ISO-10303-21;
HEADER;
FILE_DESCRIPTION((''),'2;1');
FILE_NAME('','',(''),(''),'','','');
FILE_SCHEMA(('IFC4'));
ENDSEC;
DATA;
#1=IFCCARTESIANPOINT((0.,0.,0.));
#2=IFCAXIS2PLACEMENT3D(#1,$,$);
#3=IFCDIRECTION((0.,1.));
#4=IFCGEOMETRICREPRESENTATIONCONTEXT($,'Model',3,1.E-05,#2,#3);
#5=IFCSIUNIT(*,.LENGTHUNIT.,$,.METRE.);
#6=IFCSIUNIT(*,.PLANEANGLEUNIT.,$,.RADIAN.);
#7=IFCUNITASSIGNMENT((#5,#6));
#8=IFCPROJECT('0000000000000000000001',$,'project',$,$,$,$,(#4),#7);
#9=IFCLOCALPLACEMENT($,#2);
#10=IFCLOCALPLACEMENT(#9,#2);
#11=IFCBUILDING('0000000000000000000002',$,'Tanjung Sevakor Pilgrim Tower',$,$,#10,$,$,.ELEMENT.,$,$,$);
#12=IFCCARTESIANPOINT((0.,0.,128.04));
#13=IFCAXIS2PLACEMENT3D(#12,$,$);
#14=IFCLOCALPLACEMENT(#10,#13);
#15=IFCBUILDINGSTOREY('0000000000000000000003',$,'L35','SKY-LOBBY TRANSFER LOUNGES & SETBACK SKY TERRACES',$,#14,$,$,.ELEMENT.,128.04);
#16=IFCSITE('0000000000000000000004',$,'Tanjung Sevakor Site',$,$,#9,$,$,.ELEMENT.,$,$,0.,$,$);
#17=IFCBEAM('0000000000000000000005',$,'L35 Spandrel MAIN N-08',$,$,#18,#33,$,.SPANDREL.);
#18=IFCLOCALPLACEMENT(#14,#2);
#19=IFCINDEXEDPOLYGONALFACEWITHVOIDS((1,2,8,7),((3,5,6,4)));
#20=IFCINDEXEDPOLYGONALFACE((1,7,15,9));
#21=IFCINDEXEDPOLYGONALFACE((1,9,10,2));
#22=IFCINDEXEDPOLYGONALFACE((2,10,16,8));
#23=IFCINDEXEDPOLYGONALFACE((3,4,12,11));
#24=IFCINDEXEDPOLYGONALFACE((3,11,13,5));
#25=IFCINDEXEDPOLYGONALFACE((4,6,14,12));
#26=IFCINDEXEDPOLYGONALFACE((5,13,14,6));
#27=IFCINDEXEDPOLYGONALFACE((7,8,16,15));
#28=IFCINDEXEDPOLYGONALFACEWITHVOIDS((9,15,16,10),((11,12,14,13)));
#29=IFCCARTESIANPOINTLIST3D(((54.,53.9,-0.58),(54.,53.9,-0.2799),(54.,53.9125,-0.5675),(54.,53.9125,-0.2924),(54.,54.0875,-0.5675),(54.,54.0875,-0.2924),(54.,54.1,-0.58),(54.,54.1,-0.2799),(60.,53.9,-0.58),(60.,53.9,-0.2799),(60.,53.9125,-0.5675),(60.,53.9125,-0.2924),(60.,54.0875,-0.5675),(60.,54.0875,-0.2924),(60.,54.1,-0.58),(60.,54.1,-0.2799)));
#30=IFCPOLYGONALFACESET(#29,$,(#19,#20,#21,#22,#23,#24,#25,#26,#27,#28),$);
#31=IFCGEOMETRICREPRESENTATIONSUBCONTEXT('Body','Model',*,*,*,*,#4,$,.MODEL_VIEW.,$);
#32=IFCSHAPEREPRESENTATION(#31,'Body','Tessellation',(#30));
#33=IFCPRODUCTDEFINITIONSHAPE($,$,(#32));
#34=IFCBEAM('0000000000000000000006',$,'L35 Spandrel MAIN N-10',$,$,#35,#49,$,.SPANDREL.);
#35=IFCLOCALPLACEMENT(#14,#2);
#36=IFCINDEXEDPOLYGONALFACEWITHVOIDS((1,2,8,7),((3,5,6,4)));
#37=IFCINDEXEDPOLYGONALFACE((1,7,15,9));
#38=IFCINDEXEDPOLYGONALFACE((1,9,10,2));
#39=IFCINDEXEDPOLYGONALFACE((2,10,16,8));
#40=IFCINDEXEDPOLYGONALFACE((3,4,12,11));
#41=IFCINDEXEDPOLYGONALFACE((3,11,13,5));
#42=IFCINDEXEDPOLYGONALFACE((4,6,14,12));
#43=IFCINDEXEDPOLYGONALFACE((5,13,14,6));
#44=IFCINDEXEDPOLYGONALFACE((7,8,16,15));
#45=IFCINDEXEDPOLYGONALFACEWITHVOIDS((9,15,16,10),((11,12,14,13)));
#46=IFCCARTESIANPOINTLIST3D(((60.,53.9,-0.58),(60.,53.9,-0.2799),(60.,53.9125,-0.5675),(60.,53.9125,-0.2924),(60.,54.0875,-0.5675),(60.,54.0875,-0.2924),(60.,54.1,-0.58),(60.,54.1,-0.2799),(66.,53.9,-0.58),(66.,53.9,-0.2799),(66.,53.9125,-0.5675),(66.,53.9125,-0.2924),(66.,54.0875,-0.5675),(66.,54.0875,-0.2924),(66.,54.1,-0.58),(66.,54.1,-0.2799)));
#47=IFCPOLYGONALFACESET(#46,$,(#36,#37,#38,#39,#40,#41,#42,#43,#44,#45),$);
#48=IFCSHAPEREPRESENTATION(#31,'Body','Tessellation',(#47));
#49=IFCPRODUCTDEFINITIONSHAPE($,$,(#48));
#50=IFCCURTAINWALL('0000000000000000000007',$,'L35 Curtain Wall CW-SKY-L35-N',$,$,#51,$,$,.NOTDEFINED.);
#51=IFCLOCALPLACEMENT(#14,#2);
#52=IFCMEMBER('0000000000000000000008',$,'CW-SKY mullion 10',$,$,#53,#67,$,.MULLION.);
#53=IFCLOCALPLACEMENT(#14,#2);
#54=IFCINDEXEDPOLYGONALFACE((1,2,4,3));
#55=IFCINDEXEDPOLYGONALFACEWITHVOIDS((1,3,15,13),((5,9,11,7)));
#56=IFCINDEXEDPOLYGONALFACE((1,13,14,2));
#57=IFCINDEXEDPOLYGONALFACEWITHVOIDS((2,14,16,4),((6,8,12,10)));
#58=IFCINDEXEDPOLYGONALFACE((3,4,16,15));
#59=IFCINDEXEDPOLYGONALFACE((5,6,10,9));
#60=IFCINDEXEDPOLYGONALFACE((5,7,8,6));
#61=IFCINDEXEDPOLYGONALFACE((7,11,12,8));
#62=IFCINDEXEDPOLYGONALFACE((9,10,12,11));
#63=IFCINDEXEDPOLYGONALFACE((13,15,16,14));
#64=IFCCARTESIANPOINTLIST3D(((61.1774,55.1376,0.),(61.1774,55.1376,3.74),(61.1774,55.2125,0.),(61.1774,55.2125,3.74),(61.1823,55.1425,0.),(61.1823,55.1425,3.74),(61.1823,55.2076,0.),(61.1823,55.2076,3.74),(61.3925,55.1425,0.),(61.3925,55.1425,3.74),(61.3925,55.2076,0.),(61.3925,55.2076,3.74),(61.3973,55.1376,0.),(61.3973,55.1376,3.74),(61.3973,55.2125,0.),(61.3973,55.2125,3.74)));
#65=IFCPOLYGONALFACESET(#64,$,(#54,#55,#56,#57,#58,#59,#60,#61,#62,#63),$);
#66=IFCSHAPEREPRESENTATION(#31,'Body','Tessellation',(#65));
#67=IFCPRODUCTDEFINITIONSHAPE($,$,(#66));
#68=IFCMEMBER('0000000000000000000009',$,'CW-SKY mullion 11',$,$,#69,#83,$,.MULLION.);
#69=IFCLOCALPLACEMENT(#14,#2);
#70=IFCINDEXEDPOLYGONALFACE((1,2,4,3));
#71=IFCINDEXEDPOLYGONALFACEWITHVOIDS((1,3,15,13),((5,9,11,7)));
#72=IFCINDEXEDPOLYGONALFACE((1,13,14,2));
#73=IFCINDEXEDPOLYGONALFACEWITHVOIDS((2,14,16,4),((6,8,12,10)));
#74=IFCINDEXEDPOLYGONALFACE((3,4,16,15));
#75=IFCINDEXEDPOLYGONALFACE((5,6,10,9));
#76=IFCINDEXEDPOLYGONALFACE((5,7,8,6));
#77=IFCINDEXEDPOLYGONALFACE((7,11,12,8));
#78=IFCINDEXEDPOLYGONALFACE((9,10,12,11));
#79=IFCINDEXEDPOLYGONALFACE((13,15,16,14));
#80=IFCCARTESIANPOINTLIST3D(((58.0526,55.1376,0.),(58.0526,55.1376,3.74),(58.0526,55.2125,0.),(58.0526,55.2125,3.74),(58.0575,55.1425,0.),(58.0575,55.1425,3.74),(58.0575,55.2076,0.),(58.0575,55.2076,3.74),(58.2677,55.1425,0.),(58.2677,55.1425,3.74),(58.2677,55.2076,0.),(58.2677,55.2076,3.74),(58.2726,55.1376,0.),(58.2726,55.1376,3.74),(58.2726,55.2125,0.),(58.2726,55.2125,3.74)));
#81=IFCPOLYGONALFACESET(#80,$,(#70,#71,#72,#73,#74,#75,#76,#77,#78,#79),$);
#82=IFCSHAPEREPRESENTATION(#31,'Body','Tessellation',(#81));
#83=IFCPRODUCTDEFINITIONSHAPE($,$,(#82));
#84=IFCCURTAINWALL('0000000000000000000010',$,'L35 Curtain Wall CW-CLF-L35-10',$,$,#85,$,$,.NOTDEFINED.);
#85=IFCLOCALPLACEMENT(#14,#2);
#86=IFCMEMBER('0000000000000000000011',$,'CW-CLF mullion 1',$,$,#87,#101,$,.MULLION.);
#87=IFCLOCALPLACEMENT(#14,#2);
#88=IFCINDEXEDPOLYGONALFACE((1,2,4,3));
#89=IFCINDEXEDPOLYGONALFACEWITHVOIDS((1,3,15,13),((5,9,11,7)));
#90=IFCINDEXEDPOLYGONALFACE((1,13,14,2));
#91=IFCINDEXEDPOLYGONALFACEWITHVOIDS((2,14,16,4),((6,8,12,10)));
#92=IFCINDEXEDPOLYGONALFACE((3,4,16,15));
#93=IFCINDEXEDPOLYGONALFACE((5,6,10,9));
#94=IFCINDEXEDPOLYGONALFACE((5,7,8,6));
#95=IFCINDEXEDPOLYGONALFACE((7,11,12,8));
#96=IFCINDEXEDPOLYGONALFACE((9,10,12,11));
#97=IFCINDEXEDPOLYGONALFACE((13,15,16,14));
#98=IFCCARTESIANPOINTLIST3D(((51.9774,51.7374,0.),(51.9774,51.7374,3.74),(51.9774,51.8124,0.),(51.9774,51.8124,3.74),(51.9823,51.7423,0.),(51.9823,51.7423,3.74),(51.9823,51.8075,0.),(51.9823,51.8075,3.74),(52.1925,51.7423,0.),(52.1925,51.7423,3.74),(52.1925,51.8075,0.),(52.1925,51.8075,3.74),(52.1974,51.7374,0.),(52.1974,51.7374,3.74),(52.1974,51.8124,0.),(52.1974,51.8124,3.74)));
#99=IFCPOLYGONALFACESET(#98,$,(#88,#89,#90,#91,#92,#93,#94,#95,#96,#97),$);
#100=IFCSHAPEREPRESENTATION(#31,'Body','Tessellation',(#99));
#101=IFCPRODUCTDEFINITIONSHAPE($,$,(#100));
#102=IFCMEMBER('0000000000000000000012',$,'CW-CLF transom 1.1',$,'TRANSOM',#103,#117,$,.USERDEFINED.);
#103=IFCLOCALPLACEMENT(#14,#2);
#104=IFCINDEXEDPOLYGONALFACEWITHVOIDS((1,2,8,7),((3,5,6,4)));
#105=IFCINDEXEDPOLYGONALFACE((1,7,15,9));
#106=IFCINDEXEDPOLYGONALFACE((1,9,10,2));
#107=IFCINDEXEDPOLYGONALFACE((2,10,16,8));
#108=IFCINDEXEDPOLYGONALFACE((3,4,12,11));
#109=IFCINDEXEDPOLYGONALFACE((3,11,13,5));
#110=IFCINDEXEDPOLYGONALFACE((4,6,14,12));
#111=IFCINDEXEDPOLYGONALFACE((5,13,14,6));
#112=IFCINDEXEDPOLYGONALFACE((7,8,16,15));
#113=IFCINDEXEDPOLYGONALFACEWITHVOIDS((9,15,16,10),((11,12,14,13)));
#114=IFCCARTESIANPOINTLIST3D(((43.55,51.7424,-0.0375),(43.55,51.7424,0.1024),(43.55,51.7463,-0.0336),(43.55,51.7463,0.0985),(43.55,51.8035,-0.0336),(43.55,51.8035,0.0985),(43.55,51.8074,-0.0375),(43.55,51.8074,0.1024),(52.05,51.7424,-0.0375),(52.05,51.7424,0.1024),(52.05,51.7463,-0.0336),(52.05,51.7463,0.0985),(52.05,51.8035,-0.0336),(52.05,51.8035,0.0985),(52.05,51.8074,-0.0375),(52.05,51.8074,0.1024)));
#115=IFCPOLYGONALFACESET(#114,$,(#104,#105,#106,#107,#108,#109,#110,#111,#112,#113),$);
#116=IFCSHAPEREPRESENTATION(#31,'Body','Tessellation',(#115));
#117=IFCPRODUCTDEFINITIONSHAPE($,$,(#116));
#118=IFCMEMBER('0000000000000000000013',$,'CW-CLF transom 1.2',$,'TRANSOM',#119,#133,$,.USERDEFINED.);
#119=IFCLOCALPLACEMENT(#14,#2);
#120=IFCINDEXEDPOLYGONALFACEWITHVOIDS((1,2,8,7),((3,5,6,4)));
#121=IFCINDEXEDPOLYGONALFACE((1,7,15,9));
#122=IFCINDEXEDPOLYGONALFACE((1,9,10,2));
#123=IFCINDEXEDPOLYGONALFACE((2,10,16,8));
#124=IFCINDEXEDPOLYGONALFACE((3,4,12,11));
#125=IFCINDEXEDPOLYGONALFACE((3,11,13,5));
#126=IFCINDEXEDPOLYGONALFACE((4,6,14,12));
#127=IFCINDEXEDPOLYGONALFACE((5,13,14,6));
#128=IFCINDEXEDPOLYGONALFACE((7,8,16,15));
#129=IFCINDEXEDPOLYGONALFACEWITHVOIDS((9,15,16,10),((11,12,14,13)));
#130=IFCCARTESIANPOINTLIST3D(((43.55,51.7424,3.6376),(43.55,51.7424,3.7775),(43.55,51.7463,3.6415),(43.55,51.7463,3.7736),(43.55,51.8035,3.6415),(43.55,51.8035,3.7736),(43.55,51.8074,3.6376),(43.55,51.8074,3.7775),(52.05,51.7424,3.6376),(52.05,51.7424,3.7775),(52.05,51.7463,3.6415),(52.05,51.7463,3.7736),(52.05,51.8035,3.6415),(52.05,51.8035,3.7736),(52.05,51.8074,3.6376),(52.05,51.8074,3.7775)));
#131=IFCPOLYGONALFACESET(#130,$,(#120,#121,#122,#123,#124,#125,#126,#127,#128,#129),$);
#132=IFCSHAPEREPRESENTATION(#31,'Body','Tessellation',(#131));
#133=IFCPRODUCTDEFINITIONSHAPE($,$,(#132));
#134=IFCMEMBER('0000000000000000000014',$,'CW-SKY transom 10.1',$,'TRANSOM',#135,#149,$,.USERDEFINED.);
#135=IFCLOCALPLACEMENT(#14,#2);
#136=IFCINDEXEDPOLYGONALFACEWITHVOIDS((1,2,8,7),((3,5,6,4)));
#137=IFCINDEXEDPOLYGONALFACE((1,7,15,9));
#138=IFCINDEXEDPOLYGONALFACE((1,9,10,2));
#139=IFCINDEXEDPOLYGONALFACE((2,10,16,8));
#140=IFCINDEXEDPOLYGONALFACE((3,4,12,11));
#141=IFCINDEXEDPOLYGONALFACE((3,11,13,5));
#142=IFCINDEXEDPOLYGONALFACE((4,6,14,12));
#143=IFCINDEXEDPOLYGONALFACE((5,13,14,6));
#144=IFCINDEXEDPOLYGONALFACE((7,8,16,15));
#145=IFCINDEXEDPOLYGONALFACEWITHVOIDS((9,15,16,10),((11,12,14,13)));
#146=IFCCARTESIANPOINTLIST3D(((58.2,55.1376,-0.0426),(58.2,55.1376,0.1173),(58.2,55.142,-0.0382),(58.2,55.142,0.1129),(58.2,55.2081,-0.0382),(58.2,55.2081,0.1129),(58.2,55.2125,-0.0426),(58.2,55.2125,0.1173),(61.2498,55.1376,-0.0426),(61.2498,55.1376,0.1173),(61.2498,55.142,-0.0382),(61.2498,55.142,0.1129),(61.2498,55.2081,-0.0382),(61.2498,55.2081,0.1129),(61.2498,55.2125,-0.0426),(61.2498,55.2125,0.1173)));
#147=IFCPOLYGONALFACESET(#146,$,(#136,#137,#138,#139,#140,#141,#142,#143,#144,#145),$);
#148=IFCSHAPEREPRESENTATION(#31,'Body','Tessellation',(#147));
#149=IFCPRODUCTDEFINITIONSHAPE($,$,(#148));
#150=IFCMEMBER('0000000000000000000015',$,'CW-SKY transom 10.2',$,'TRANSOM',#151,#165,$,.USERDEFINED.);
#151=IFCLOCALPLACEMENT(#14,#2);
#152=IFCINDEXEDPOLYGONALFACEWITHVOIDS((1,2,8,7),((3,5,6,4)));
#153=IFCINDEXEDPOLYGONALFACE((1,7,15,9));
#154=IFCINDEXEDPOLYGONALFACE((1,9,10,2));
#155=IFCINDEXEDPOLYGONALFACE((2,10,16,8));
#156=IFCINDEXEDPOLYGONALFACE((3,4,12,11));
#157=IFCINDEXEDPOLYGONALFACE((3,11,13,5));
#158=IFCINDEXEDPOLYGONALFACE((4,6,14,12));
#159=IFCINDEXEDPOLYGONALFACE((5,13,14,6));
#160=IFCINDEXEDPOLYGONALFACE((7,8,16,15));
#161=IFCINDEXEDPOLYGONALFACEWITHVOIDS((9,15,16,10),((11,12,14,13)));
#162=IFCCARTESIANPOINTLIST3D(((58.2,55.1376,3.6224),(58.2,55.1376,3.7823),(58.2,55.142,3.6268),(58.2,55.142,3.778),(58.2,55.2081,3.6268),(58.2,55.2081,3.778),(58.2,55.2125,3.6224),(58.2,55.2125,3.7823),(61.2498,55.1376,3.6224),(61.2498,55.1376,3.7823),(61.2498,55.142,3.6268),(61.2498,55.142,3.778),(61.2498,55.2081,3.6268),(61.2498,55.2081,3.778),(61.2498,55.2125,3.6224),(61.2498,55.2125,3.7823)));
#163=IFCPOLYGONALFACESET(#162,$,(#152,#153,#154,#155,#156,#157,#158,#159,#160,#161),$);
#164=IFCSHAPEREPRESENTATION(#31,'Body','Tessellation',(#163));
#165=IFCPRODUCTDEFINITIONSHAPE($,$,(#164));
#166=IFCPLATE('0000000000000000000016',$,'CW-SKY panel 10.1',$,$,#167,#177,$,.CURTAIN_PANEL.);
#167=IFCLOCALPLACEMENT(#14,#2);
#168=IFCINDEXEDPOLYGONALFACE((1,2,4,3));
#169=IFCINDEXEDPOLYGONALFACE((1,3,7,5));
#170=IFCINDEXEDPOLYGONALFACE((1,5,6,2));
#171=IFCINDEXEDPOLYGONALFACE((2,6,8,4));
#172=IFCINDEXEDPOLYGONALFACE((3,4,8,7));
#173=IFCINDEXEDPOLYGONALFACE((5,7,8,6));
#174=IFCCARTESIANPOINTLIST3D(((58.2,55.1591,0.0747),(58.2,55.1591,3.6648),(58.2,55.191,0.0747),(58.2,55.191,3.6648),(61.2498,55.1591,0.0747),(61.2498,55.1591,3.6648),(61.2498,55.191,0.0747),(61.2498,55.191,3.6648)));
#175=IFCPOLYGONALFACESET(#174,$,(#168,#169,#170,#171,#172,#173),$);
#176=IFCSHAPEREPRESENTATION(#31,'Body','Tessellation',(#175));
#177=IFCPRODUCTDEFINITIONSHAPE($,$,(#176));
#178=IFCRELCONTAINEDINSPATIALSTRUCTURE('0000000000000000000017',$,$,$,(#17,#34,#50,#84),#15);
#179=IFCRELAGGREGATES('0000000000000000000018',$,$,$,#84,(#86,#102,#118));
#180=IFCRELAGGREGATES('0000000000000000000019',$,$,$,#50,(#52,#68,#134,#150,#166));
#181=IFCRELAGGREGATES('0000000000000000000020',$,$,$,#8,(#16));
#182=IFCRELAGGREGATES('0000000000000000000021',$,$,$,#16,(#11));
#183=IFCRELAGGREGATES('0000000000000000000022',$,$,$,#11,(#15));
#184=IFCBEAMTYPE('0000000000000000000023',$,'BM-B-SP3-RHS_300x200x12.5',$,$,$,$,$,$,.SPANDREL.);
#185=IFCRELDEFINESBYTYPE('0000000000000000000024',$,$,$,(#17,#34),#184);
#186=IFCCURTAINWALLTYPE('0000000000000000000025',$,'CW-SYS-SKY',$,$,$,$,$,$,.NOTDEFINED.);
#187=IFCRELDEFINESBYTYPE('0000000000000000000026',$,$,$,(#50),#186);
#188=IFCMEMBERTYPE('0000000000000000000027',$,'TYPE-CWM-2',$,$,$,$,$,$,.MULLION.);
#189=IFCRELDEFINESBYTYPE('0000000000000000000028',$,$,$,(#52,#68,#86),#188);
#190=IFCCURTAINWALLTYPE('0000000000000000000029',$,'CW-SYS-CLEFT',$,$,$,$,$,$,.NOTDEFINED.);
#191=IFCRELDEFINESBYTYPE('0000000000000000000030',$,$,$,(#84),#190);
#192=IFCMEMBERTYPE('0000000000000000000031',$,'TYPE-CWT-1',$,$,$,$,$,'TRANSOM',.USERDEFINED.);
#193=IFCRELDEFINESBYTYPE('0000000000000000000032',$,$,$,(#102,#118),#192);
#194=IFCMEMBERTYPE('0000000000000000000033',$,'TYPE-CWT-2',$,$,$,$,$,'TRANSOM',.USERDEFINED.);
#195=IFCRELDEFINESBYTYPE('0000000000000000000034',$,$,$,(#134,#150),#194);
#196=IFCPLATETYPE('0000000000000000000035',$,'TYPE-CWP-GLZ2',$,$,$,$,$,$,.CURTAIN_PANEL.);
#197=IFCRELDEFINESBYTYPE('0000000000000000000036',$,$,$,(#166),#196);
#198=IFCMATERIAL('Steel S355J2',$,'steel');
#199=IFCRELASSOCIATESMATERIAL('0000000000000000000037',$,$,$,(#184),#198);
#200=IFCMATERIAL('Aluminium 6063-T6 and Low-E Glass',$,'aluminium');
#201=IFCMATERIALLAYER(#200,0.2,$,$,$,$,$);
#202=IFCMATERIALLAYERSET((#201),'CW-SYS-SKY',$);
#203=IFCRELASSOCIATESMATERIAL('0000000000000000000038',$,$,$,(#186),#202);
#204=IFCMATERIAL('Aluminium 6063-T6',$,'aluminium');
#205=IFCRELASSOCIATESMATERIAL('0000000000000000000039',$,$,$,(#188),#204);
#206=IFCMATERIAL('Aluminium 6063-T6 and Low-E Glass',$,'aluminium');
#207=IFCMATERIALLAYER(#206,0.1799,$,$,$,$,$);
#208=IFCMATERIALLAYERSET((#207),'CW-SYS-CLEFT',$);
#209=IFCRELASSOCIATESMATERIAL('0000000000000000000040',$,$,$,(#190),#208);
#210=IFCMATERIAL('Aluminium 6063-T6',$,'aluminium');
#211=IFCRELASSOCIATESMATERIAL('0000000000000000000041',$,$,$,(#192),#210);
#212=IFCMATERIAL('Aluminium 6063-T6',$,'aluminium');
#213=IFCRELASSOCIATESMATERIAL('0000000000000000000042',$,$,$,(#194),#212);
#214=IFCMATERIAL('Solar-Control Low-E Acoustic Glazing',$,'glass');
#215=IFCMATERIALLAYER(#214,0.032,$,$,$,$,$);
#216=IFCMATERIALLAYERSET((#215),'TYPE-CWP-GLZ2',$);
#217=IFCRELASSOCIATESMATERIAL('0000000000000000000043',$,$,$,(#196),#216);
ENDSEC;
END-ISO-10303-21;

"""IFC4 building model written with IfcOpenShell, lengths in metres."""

from ifc_helpers import new_model, si_unit, direction, frame, origin, origin_2d, place, context, subcontext, project, spatial, rectangle, hollow_rectangle, extrude, material, layer, layer_set, material_profile, profile_set, type_object, element, aggregate, save


model = new_model("IFC4")

# Units and contexts
model_context = context("Model", 3, precision=1e-05, world=origin(), true_north=direction((0.0, 1.0)))
body_context = subcontext(model_context, "Body", "Model", "MODEL_VIEW")
ifc_project = project(units=[si_unit("LENGTHUNIT", "METRE"), si_unit("PLANEANGLEUNIT", "RADIAN")], contexts=[model_context])

# Site, building, storey
site_placement = place(None, origin())
site = spatial("IfcSite", under=ifc_project, at=site_placement, Name="Tanjung Sevakor Site", CompositionType="ELEMENT", RefElevation=0.0)
building_placement = place(site_placement, origin())
building = spatial("IfcBuilding", under=site, at=building_placement, Name="Tanjung Sevakor Pilgrim Tower", CompositionType="ELEMENT")
storey_placement = place(building_placement, frame((0.0, 0.0, 128.04)))
storey = spatial("IfcBuildingStorey", under=building, at=storey_placement, Name="L35", Description="SKY-LOBBY TRANSFER LOUNGES & SETBACK SKY TERRACES", CompositionType="ELEMENT", Elevation=128.04)

# Beams
ifc_material_1 = material(Name="Steel S355J2", Category="steel")
ifc_material_profile_1 = material_profile(ifc_material_1, hollow_rectangle(XDim=0.2, YDim=0.3, WallThickness=0.0125, at=origin_2d()))
ifc_profile_set_1 = profile_set([ifc_material_profile_1], Name="Steel S355J2")
beam_type_1 = type_object("IfcBeamType", Name="BM-B-SP3-RHS_300x200x12.5", PredefinedType="SPANDREL", material=ifc_profile_set_1)
for number, where, z_axis, x_axis, name in (
    (1, (54.0, 54.0, -0.4299), (1.0, 0.0, 0.0), (0.0, 1.0, 0.0), "L35 Spandrel MAIN N-08"),
    (2, (60.0, 54.0, -0.4299), (1.0, 0.0, 0.0), (0.0, 1.0, 0.0), "L35 Spandrel MAIN N-10"),
):
    element("IfcBeam", number, at=place(storey_placement, frame(where, z_axis=z_axis, x_axis=x_axis)), inside=storey, type_object=beam_type_1, Name=name, PredefinedType="SPANDREL", context=body_context, shape_type="SweptSolid", body=[
        extrude(hollow_rectangle(XDim=0.2, YDim=0.3, WallThickness=0.0125, at=origin_2d()), origin(), (0.0, 0.0, 1.0), 6.0),
    ])

# Curtain walls, members
ifc_material_2 = material(Name="Aluminium 6063-T6 and Low-E Glass", Category="aluminium")
ifc_layer_1 = layer(ifc_material_2, 0.2)
ifc_layer_set_1 = layer_set([ifc_layer_1], Name="CW-SYS-SKY")
curtain_wall_type_1 = type_object("IfcCurtainWallType", Name="CW-SYS-SKY", PredefinedType="NOTDEFINED", material=ifc_layer_set_1)
curtain_wall_1_placement = place(storey_placement, origin())
curtain_wall_1 = element("IfcCurtainWall", 3, at=curtain_wall_1_placement, inside=storey, type_object=curtain_wall_type_1, Name="L35 Curtain Wall CW-SKY-L35-N", PredefinedType="NOTDEFINED")
ifc_material_3 = material(Name="Aluminium 6063-T6", Category="aluminium")
ifc_material_profile_2 = material_profile(ifc_material_3, hollow_rectangle(XDim=0.075, YDim=0.22, WallThickness=0.0049, at=origin_2d()))
ifc_profile_set_2 = profile_set([ifc_material_profile_2], Name="Aluminium 6063-T6")
member_type_1 = type_object("IfcMemberType", Name="TYPE-CWM-2", PredefinedType="MULLION", material=ifc_profile_set_2)
member_1_placement = place(storey_placement, frame((61.2874, 55.175, 0.0), z_axis=(0.0, 0.0, 1.0), x_axis=(0.0, -1.0, 0.0)))
member_1 = element("IfcMember", 4, at=member_1_placement, type_object=member_type_1, Name="CW-SKY mullion 10", PredefinedType="MULLION", context=body_context, shape_type="SweptSolid", body=[
    extrude(hollow_rectangle(XDim=0.075, YDim=0.22, WallThickness=0.0049, at=origin_2d()), origin(), (0.0, 0.0, 1.0), 3.74),
])
member_2_placement = place(storey_placement, frame((58.1626, 55.175, 0.0), z_axis=(0.0, 0.0, 1.0), x_axis=(0.0, -1.0, 0.0)))
member_2 = element("IfcMember", 5, at=member_2_placement, type_object=member_type_1, Name="CW-SKY mullion 11", PredefinedType="MULLION", context=body_context, shape_type="SweptSolid", body=[
    extrude(hollow_rectangle(XDim=0.075, YDim=0.22, WallThickness=0.0049, at=origin_2d()), origin(), (0.0, 0.0, 1.0), 3.74),
])
ifc_material_4 = material(Name="Aluminium 6063-T6 and Low-E Glass", Category="aluminium")
ifc_layer_2 = layer(ifc_material_4, 0.1799)
ifc_layer_set_2 = layer_set([ifc_layer_2], Name="CW-SYS-CLEFT")
curtain_wall_type_2 = type_object("IfcCurtainWallType", Name="CW-SYS-CLEFT", PredefinedType="NOTDEFINED", material=ifc_layer_set_2)
curtain_wall_2_placement = place(storey_placement, origin())
curtain_wall_2 = element("IfcCurtainWall", 6, at=curtain_wall_2_placement, inside=storey, type_object=curtain_wall_type_2, Name="L35 Curtain Wall CW-CLF-L35-10", PredefinedType="NOTDEFINED")
member_3_placement = place(storey_placement, frame((52.0874, 51.7749, 0.0), z_axis=(0.0, 0.0, 1.0), x_axis=(0.0, -1.0, 0.0)))
member_3 = element("IfcMember", 7, at=member_3_placement, type_object=member_type_1, Name="CW-CLF mullion 1", PredefinedType="MULLION", context=body_context, shape_type="SweptSolid", body=[
    extrude(hollow_rectangle(XDim=0.075, YDim=0.22, WallThickness=0.0049, at=origin_2d()), origin(), (0.0, 0.0, 1.0), 3.74),
])
ifc_material_5 = material(Name="Aluminium 6063-T6", Category="aluminium")
ifc_material_profile_3 = material_profile(ifc_material_5, hollow_rectangle(XDim=0.0649, YDim=0.1399, WallThickness=0.0039, at=origin_2d()))
ifc_profile_set_3 = profile_set([ifc_material_profile_3], Name="Aluminium 6063-T6")
member_type_2 = type_object("IfcMemberType", Name="TYPE-CWT-1", ElementType="TRANSOM", PredefinedType="USERDEFINED", material=ifc_profile_set_3)
member_4_placement = place(storey_placement, frame((52.05, 51.7749, 0.0325), z_axis=(-1.0, 0.0, 0.0), x_axis=(0.0, -1.0, 0.0)))
member_4 = element("IfcMember", 8, at=member_4_placement, type_object=member_type_2, Name="CW-CLF transom 1.1", ObjectType="TRANSOM", PredefinedType="USERDEFINED", context=body_context, shape_type="SweptSolid", body=[
    extrude(hollow_rectangle(XDim=0.0649, YDim=0.1399, WallThickness=0.0039, at=origin_2d()), origin(), (0.0, 0.0, 1.0), 8.5),
])
member_5_placement = place(storey_placement, frame((52.05, 51.7749, 3.7075), z_axis=(-1.0, 0.0, 0.0), x_axis=(0.0, -1.0, 0.0)))
member_5 = element("IfcMember", 9, at=member_5_placement, type_object=member_type_2, Name="CW-CLF transom 1.2", ObjectType="TRANSOM", PredefinedType="USERDEFINED", context=body_context, shape_type="SweptSolid", body=[
    extrude(hollow_rectangle(XDim=0.0649, YDim=0.1399, WallThickness=0.0039, at=origin_2d()), origin(), (0.0, 0.0, 1.0), 8.5),
])
aggregate(curtain_wall_2, [member_3, member_4, member_5])

# Members
ifc_material_6 = material(Name="Aluminium 6063-T6", Category="aluminium")
ifc_material_profile_4 = material_profile(ifc_material_6, hollow_rectangle(XDim=0.075, YDim=0.1599, WallThickness=0.0044, at=origin_2d()))
ifc_profile_set_4 = profile_set([ifc_material_profile_4], Name="Aluminium 6063-T6")
member_type_3 = type_object("IfcMemberType", Name="TYPE-CWT-2", ElementType="TRANSOM", PredefinedType="USERDEFINED", material=ifc_profile_set_4)
member_6_placement = place(storey_placement, frame((61.2498, 55.175, 0.0374), z_axis=(-1.0, 0.0, 0.0), x_axis=(0.0, -1.0, 0.0)))
member_6 = element("IfcMember", 10, at=member_6_placement, type_object=member_type_3, Name="CW-SKY transom 10.1", ObjectType="TRANSOM", PredefinedType="USERDEFINED", context=body_context, shape_type="SweptSolid", body=[
    extrude(hollow_rectangle(XDim=0.075, YDim=0.1599, WallThickness=0.0044, at=origin_2d()), origin(), (0.0, 0.0, 1.0), 3.0498),
])
member_7_placement = place(storey_placement, frame((61.2498, 55.175, 3.7024), z_axis=(-1.0, 0.0, 0.0), x_axis=(0.0, -1.0, 0.0)))
member_7 = element("IfcMember", 11, at=member_7_placement, type_object=member_type_3, Name="CW-SKY transom 10.2", ObjectType="TRANSOM", PredefinedType="USERDEFINED", context=body_context, shape_type="SweptSolid", body=[
    extrude(hollow_rectangle(XDim=0.075, YDim=0.1599, WallThickness=0.0044, at=origin_2d()), origin(), (0.0, 0.0, 1.0), 3.0498),
])

# Plate
ifc_material_7 = material(Name="Solar-Control Low-E Acoustic Glazing", Category="glass")
ifc_layer_3 = layer(ifc_material_7, 0.032)
ifc_layer_set_3 = layer_set([ifc_layer_3], Name="TYPE-CWP-GLZ2")
plate_type = type_object("IfcPlateType", Name="TYPE-CWP-GLZ2", PredefinedType="CURTAIN_PANEL", material=ifc_layer_set_3)
plate_placement = place(storey_placement, frame((59.7249, 55.175, 0.0747), z_axis=(0.0, 0.0, 1.0), x_axis=(-1.0, 0.0, 0.0)))
plate = element("IfcPlate", 12, at=plate_placement, type_object=plate_type, Name="CW-SKY panel 10.1", PredefinedType="CURTAIN_PANEL", context=body_context, shape_type="SweptSolid", body=[
    extrude(rectangle(XDim=3.0498, YDim=0.032, at=origin_2d()), origin(), (0.0, 0.0, 1.0), 3.5901),
])
aggregate(curtain_wall_1, [member_1, member_2, member_6, member_7, plate])

save(model, "model.ifc")
